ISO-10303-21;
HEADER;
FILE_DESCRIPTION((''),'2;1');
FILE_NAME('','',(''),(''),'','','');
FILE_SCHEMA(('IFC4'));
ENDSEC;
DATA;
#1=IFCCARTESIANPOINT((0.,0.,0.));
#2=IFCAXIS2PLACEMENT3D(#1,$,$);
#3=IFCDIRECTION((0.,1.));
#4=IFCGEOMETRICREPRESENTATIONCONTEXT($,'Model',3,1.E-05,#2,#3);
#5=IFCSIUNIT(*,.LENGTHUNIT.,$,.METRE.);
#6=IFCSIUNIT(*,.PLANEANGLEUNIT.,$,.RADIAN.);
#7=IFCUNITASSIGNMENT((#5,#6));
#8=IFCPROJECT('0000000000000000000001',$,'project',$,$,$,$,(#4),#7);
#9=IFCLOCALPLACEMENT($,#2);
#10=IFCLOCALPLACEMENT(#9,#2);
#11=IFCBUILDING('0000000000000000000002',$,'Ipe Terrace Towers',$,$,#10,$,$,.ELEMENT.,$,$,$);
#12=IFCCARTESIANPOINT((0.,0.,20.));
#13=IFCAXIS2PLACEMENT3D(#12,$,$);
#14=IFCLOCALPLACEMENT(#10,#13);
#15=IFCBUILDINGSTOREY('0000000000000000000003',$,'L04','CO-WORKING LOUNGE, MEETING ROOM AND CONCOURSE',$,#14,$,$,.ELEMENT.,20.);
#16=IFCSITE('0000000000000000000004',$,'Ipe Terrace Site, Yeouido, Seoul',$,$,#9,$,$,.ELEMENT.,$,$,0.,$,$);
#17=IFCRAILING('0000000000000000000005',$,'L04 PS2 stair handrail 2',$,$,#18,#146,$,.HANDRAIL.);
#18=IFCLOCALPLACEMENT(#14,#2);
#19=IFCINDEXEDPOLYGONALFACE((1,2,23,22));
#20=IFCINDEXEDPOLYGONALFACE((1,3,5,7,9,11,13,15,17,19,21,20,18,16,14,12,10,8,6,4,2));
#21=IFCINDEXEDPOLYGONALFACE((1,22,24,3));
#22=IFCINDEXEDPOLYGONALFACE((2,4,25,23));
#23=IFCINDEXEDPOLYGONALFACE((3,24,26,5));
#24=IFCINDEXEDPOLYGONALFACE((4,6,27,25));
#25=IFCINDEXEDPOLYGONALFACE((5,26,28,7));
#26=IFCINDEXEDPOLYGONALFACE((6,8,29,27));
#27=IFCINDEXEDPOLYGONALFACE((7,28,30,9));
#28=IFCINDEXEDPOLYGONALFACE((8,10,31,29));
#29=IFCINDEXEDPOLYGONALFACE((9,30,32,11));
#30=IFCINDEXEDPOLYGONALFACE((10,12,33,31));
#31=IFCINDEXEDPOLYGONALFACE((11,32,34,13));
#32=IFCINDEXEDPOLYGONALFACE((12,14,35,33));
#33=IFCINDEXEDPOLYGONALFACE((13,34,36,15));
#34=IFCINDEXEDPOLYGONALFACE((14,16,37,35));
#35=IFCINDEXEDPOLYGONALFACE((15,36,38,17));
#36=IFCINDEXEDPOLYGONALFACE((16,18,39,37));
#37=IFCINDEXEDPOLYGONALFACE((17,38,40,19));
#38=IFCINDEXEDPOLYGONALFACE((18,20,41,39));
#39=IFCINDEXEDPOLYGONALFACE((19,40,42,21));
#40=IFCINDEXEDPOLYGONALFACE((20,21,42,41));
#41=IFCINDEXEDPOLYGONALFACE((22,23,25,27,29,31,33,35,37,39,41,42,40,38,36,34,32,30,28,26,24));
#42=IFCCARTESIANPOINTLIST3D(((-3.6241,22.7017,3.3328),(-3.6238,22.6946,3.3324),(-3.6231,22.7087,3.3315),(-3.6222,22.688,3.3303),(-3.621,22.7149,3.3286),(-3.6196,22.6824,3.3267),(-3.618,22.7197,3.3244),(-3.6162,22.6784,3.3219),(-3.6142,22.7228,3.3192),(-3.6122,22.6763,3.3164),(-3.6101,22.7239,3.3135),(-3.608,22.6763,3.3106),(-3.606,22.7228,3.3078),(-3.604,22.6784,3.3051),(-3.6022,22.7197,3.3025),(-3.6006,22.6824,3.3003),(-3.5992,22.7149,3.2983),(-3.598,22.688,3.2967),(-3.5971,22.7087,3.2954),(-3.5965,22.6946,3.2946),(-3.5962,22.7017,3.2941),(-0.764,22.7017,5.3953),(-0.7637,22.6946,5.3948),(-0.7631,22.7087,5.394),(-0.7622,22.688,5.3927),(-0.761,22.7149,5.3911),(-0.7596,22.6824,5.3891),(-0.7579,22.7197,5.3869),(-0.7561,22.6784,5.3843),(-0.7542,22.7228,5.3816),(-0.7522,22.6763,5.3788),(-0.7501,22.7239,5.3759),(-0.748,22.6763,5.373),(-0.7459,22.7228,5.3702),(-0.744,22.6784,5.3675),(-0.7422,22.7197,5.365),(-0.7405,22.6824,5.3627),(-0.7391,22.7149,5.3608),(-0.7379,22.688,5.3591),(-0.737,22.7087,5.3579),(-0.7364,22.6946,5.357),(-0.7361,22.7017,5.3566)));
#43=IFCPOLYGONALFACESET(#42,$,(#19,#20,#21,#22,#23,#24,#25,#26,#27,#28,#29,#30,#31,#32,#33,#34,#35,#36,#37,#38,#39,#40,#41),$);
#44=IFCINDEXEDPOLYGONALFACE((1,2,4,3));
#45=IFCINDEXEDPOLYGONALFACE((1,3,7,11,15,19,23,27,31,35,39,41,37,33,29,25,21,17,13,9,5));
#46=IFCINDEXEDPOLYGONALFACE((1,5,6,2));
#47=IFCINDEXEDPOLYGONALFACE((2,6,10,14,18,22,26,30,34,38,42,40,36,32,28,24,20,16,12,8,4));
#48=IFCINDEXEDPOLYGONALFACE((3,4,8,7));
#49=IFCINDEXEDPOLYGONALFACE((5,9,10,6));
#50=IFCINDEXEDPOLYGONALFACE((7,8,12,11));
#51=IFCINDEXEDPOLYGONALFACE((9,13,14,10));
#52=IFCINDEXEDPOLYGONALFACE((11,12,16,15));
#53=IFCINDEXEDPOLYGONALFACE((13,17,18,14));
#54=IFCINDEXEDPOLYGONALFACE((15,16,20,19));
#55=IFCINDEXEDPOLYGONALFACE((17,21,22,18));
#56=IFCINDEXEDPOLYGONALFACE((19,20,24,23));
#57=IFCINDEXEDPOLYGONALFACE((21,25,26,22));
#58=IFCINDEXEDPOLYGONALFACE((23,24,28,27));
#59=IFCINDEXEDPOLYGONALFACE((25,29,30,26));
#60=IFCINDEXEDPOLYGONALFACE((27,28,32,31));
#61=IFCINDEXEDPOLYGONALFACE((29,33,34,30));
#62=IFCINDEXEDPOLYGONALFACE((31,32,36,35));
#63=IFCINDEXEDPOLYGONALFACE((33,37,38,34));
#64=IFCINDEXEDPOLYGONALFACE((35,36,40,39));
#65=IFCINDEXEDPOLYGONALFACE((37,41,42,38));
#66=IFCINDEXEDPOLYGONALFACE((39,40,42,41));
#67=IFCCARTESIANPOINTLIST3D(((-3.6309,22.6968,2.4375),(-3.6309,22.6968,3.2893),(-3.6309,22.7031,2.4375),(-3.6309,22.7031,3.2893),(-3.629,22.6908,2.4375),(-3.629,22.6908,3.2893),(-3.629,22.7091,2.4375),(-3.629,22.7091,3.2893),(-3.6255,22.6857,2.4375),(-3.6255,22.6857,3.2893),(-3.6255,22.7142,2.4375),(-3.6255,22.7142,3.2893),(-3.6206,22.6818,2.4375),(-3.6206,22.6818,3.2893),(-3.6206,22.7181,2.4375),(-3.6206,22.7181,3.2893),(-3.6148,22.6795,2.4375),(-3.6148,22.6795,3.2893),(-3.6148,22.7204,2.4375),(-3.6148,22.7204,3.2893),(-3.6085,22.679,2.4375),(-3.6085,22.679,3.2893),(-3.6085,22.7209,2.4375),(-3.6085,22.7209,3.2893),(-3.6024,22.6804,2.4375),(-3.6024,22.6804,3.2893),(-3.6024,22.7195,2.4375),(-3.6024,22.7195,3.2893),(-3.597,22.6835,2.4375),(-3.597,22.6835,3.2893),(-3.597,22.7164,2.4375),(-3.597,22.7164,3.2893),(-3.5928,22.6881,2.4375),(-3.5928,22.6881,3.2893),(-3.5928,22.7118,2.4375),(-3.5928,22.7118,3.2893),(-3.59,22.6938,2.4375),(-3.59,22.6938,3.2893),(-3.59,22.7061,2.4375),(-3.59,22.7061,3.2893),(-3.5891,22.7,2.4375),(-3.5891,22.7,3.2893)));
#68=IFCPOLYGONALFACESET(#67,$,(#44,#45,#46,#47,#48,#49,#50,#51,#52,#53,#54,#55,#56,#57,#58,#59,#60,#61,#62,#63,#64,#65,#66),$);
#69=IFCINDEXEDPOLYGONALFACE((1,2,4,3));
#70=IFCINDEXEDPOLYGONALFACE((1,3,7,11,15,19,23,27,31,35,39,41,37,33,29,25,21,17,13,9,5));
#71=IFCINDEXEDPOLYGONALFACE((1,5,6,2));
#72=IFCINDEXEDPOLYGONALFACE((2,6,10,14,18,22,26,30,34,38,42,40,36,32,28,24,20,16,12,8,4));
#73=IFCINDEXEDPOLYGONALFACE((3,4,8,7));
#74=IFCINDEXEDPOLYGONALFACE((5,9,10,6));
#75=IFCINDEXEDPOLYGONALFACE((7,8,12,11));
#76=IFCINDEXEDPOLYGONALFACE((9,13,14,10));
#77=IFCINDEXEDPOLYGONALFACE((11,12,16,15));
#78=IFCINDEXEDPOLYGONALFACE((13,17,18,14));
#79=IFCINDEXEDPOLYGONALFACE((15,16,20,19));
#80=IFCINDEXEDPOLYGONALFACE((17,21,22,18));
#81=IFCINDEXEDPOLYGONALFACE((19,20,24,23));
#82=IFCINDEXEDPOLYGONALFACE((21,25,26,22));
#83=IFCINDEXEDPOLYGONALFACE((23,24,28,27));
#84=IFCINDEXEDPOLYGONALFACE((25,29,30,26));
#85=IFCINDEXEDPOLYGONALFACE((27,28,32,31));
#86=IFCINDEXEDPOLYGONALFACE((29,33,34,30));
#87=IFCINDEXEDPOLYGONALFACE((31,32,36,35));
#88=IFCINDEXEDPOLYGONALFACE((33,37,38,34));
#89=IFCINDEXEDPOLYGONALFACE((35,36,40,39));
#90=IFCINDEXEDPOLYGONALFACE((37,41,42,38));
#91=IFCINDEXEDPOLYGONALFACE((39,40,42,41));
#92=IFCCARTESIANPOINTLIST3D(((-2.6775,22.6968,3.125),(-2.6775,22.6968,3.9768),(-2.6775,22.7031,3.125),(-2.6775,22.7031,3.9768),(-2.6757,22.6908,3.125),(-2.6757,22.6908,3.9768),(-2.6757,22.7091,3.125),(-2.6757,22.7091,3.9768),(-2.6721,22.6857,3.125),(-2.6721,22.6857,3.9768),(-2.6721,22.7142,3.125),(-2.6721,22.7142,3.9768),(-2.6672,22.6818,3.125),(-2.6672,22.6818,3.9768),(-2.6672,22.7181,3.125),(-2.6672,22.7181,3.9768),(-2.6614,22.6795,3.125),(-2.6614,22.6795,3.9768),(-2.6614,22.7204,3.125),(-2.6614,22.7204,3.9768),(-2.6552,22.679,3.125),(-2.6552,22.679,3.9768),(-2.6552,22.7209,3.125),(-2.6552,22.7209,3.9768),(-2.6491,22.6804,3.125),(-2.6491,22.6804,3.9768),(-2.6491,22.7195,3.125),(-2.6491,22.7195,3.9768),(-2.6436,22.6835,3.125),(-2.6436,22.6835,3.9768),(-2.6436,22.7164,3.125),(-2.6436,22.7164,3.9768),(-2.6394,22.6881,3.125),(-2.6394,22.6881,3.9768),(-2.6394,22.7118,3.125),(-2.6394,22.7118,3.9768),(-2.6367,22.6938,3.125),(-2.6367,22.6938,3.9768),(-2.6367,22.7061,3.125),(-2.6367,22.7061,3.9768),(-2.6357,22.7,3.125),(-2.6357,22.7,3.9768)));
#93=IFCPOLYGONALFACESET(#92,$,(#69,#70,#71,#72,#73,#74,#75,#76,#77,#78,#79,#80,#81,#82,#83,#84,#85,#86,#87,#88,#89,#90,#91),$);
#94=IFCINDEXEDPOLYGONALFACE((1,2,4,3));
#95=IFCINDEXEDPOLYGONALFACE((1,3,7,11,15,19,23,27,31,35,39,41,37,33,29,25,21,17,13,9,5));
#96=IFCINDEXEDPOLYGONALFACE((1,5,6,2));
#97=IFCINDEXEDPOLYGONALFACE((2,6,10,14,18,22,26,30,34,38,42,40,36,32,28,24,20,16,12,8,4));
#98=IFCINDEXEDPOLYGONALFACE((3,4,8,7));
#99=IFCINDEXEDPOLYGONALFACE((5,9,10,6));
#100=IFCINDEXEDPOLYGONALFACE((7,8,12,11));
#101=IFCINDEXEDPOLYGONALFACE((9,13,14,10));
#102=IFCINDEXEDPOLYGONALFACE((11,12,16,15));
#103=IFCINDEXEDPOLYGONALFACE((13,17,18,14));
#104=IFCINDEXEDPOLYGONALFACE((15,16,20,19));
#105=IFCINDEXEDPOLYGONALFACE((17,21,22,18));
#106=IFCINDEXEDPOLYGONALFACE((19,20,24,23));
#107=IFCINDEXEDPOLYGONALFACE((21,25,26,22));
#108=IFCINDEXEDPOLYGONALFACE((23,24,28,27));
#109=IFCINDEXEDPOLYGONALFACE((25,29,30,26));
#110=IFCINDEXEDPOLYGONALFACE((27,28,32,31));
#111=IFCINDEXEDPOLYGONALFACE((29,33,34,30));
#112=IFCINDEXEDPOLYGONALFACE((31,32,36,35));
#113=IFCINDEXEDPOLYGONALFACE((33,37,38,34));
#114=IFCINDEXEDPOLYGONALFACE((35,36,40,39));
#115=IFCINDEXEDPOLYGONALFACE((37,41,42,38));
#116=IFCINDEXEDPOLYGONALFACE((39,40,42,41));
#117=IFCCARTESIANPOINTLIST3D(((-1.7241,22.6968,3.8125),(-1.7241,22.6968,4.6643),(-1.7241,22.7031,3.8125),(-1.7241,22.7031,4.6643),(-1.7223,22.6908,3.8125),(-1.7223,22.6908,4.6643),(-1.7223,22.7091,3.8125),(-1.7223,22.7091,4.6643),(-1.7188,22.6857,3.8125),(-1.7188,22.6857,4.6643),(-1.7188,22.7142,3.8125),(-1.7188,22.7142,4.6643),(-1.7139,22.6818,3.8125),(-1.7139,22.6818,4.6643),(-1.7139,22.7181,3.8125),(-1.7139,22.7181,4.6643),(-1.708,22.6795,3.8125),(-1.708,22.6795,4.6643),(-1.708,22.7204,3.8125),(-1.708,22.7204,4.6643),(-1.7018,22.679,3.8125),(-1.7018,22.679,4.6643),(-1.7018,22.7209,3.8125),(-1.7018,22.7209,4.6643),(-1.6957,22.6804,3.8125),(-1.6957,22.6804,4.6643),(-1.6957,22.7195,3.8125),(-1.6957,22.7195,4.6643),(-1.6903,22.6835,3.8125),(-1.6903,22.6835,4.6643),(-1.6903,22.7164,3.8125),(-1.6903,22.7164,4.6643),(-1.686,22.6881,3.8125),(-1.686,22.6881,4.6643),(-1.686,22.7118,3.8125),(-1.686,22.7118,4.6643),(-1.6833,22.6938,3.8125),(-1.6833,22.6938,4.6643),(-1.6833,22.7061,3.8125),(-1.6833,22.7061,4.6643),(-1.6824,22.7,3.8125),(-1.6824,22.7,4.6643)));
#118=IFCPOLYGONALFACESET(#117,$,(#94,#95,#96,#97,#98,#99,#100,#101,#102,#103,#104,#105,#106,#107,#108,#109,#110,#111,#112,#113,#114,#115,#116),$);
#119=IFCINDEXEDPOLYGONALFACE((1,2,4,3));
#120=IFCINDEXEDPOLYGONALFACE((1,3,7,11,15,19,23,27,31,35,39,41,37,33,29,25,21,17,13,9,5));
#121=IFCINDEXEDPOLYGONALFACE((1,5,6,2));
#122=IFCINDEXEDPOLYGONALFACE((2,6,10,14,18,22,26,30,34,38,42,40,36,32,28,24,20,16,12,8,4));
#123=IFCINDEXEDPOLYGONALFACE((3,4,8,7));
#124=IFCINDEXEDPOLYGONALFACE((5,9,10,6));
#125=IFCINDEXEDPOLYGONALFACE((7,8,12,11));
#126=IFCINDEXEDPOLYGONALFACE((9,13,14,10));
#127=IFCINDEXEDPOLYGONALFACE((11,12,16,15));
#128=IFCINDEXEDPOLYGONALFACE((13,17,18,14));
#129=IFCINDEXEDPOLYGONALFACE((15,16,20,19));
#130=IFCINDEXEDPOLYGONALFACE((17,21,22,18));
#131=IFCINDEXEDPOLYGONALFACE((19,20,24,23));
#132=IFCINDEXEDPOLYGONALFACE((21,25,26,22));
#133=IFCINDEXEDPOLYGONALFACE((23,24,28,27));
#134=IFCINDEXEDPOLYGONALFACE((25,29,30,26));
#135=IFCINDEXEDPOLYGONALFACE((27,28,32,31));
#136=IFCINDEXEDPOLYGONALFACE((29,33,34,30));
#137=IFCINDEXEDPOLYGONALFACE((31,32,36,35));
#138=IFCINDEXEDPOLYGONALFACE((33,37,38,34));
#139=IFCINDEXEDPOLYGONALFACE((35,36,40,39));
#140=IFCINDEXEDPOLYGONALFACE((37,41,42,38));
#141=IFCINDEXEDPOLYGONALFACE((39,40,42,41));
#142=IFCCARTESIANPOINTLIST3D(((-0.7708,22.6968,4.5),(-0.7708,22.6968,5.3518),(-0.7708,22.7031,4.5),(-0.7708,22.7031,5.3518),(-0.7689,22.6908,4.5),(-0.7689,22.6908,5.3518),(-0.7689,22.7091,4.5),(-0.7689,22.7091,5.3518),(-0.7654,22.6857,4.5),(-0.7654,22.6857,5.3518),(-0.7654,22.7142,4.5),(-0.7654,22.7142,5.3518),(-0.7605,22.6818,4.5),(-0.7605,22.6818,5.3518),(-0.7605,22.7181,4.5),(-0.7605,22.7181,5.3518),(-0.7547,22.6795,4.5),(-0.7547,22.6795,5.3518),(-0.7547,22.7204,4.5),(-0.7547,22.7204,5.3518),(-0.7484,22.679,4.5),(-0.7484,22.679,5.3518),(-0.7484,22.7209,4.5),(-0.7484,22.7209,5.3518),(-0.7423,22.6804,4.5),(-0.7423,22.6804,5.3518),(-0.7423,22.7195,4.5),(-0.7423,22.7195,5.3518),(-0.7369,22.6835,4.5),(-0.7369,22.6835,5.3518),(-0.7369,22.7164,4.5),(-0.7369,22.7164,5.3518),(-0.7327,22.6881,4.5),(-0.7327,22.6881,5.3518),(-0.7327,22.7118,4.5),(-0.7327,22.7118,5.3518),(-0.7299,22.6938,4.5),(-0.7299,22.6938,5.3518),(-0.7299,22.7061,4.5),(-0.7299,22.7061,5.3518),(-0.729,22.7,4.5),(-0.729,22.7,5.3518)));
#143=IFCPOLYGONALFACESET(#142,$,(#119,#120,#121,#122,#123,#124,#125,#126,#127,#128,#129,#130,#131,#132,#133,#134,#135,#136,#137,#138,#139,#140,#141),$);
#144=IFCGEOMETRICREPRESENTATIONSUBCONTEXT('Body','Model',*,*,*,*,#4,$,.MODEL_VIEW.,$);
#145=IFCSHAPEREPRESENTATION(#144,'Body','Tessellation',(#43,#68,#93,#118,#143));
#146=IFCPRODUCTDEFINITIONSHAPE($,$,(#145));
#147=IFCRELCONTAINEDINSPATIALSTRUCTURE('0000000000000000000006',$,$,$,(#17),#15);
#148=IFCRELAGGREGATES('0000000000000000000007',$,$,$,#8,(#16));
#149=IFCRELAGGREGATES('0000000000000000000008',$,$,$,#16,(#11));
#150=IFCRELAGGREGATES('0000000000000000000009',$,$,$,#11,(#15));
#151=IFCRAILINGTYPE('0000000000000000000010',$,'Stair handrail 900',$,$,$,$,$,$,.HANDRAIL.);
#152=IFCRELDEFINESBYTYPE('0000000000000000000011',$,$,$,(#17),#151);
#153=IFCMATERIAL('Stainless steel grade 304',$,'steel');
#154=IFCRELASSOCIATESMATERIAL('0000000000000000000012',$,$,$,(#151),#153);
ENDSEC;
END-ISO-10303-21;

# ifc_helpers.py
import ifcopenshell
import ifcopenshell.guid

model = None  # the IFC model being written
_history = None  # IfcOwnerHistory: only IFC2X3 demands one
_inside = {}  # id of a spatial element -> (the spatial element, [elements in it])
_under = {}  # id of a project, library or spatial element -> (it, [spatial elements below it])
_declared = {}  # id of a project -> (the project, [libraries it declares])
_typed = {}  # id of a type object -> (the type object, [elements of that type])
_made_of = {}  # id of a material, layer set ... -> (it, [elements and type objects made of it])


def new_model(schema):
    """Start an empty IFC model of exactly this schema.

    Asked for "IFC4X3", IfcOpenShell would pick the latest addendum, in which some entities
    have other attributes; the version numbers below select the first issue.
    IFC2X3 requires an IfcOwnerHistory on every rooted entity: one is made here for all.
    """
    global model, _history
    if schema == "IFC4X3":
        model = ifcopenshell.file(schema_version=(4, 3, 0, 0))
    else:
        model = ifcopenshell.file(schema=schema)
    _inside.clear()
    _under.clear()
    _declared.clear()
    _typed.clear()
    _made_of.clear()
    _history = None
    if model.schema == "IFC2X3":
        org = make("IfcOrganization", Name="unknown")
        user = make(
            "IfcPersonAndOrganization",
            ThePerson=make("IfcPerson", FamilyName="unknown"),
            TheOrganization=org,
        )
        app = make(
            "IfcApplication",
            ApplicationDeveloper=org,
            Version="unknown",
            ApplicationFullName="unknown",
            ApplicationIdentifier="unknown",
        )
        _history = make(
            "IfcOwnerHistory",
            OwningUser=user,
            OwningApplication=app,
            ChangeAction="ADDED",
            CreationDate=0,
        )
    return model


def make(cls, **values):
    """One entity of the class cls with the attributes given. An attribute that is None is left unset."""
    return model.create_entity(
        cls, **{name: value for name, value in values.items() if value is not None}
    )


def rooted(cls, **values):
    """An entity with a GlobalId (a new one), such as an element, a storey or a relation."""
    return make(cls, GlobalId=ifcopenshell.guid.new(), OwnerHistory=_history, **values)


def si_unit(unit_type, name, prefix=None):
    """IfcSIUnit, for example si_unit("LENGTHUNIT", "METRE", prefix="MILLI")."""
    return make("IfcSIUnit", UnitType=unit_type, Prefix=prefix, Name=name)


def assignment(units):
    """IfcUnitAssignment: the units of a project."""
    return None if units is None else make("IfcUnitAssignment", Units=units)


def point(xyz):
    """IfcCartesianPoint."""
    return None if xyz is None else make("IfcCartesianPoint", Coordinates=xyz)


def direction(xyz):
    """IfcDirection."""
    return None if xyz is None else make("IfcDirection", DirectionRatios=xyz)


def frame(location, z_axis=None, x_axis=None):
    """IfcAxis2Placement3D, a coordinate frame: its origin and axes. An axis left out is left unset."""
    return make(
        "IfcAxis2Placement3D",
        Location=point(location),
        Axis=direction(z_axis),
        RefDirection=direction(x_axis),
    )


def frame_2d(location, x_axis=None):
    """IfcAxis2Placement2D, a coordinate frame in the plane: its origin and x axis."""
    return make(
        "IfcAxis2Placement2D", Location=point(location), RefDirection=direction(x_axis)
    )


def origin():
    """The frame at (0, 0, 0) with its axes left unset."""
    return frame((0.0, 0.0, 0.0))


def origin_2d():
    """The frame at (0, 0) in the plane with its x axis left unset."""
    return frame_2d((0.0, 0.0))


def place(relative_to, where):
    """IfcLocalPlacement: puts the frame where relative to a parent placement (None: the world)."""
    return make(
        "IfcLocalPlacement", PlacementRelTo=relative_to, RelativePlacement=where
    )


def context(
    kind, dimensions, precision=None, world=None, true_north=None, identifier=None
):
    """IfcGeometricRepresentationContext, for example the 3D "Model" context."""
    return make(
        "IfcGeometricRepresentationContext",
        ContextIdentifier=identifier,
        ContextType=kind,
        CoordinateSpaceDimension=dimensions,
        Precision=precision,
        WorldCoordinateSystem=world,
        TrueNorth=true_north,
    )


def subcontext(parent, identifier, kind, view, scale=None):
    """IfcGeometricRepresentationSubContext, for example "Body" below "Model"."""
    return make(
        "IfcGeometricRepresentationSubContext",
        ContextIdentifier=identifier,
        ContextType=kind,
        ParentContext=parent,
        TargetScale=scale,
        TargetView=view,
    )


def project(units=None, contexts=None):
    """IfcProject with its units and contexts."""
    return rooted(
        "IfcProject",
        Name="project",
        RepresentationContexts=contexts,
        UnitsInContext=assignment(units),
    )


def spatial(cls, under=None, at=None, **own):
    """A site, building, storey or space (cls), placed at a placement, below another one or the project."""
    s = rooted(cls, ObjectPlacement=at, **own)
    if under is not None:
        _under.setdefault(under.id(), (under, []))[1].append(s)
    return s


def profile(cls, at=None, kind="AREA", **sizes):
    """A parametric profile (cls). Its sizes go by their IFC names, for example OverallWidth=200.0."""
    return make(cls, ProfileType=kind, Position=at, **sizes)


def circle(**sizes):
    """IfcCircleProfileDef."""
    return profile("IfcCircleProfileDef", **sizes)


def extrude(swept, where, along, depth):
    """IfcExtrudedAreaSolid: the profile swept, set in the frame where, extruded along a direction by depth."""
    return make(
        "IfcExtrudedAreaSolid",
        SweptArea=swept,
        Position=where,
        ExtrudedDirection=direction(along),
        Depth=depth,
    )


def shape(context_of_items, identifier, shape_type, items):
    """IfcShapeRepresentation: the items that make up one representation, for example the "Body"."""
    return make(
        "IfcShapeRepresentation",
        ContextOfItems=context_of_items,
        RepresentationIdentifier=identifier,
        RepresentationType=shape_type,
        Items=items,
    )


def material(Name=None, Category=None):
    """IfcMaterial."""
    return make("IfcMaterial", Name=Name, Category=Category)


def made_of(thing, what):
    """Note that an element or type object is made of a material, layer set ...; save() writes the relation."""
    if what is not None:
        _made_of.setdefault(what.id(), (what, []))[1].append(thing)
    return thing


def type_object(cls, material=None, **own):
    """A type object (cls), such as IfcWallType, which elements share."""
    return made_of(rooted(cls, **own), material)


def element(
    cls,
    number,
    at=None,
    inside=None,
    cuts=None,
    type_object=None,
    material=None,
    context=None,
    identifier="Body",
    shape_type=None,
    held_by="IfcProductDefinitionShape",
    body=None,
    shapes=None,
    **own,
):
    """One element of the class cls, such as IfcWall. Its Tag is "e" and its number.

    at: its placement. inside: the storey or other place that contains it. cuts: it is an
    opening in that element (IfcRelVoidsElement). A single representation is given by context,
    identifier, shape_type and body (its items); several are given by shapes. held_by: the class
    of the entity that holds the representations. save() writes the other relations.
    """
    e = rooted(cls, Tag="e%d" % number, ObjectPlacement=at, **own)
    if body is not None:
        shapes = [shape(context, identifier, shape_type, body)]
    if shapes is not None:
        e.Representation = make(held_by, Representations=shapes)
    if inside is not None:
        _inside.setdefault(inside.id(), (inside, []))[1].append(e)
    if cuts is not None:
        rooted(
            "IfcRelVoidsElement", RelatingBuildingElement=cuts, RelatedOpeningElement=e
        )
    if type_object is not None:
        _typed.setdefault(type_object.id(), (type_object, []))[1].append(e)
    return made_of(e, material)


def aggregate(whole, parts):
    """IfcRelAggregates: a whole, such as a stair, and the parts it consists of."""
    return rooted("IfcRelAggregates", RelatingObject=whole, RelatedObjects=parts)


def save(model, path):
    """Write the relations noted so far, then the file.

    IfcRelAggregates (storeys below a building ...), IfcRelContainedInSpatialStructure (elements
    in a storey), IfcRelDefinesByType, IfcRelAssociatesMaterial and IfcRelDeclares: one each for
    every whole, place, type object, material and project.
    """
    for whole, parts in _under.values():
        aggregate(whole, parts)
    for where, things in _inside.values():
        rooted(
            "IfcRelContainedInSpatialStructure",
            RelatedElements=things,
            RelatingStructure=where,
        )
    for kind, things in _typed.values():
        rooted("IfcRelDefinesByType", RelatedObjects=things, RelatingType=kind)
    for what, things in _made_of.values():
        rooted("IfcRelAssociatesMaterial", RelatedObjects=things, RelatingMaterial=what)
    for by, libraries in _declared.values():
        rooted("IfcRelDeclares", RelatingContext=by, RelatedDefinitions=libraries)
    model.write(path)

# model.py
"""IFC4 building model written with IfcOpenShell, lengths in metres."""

from ifc_helpers import new_model, si_unit, direction, frame, origin, origin_2d, place, context, subcontext, project, spatial, circle, extrude, material, type_object, element, save


model = new_model("IFC4")

# Units and contexts
model_context = context("Model", 3, precision=1e-05, world=origin(), true_north=direction((0.0, 1.0)))
body_context = subcontext(model_context, "Body", "Model", "MODEL_VIEW")
ifc_project = project(units=[si_unit("LENGTHUNIT", "METRE"), si_unit("PLANEANGLEUNIT", "RADIAN")], contexts=[model_context])

# Site, building, storey
site_placement = place(None, origin())
site = spatial("IfcSite", under=ifc_project, at=site_placement, Name="Ipe Terrace Site, Yeouido, Seoul", CompositionType="ELEMENT", RefElevation=0.0)
building_placement = place(site_placement, origin())
building = spatial("IfcBuilding", under=site, at=building_placement, Name="Ipe Terrace Towers", CompositionType="ELEMENT")
storey_placement = place(building_placement, frame((0.0, 0.0, 20.0)))
storey = spatial("IfcBuildingStorey", under=building, at=storey_placement, Name="L04", Description="CO-WORKING LOUNGE, MEETING ROOM AND CONCOURSE", CompositionType="ELEMENT", Elevation=20.0)

# Railing
ifc_material_1 = material(Name="Stainless steel grade 304", Category="steel")
railing_type = type_object("IfcRailingType", Name="Stair handrail 900", PredefinedType="HANDRAIL", material=ifc_material_1)
railing_placement = place(storey_placement, frame((-3.6101, 22.7, 2.4375)))
element("IfcRailing", 1, at=railing_placement, inside=storey, type_object=railing_type, Name="L04 PS2 stair handrail 2", PredefinedType="HANDRAIL", context=body_context, shape_type="SweptSolid", body=[
    extrude(circle(Radius=0.0239, at=origin_2d()), frame((0.0, 0.0, 0.876), z_axis=(0.811101, 0.0, 0.584906), x_axis=(0.0, 1.0, 0.0)), (0.0, 0.0, 1.0), 3.5261),
    extrude(circle(Radius=0.021, at=origin_2d()), origin(), (0.0, 0.0, 1.0), 0.8518),
    extrude(circle(Radius=0.021, at=origin_2d()), frame((0.9534, 0.0, 0.6875)), (0.0, 0.0, 1.0), 0.8518),
    extrude(circle(Radius=0.021, at=origin_2d()), frame((1.9067, 0.0, 1.375)), (0.0, 0.0, 1.0), 0.8518),
    extrude(circle(Radius=0.021, at=origin_2d()), frame((2.8601, 0.0, 2.0625)), (0.0, 0.0, 1.0), 0.8518),
])

save(model, "model.ifc")
